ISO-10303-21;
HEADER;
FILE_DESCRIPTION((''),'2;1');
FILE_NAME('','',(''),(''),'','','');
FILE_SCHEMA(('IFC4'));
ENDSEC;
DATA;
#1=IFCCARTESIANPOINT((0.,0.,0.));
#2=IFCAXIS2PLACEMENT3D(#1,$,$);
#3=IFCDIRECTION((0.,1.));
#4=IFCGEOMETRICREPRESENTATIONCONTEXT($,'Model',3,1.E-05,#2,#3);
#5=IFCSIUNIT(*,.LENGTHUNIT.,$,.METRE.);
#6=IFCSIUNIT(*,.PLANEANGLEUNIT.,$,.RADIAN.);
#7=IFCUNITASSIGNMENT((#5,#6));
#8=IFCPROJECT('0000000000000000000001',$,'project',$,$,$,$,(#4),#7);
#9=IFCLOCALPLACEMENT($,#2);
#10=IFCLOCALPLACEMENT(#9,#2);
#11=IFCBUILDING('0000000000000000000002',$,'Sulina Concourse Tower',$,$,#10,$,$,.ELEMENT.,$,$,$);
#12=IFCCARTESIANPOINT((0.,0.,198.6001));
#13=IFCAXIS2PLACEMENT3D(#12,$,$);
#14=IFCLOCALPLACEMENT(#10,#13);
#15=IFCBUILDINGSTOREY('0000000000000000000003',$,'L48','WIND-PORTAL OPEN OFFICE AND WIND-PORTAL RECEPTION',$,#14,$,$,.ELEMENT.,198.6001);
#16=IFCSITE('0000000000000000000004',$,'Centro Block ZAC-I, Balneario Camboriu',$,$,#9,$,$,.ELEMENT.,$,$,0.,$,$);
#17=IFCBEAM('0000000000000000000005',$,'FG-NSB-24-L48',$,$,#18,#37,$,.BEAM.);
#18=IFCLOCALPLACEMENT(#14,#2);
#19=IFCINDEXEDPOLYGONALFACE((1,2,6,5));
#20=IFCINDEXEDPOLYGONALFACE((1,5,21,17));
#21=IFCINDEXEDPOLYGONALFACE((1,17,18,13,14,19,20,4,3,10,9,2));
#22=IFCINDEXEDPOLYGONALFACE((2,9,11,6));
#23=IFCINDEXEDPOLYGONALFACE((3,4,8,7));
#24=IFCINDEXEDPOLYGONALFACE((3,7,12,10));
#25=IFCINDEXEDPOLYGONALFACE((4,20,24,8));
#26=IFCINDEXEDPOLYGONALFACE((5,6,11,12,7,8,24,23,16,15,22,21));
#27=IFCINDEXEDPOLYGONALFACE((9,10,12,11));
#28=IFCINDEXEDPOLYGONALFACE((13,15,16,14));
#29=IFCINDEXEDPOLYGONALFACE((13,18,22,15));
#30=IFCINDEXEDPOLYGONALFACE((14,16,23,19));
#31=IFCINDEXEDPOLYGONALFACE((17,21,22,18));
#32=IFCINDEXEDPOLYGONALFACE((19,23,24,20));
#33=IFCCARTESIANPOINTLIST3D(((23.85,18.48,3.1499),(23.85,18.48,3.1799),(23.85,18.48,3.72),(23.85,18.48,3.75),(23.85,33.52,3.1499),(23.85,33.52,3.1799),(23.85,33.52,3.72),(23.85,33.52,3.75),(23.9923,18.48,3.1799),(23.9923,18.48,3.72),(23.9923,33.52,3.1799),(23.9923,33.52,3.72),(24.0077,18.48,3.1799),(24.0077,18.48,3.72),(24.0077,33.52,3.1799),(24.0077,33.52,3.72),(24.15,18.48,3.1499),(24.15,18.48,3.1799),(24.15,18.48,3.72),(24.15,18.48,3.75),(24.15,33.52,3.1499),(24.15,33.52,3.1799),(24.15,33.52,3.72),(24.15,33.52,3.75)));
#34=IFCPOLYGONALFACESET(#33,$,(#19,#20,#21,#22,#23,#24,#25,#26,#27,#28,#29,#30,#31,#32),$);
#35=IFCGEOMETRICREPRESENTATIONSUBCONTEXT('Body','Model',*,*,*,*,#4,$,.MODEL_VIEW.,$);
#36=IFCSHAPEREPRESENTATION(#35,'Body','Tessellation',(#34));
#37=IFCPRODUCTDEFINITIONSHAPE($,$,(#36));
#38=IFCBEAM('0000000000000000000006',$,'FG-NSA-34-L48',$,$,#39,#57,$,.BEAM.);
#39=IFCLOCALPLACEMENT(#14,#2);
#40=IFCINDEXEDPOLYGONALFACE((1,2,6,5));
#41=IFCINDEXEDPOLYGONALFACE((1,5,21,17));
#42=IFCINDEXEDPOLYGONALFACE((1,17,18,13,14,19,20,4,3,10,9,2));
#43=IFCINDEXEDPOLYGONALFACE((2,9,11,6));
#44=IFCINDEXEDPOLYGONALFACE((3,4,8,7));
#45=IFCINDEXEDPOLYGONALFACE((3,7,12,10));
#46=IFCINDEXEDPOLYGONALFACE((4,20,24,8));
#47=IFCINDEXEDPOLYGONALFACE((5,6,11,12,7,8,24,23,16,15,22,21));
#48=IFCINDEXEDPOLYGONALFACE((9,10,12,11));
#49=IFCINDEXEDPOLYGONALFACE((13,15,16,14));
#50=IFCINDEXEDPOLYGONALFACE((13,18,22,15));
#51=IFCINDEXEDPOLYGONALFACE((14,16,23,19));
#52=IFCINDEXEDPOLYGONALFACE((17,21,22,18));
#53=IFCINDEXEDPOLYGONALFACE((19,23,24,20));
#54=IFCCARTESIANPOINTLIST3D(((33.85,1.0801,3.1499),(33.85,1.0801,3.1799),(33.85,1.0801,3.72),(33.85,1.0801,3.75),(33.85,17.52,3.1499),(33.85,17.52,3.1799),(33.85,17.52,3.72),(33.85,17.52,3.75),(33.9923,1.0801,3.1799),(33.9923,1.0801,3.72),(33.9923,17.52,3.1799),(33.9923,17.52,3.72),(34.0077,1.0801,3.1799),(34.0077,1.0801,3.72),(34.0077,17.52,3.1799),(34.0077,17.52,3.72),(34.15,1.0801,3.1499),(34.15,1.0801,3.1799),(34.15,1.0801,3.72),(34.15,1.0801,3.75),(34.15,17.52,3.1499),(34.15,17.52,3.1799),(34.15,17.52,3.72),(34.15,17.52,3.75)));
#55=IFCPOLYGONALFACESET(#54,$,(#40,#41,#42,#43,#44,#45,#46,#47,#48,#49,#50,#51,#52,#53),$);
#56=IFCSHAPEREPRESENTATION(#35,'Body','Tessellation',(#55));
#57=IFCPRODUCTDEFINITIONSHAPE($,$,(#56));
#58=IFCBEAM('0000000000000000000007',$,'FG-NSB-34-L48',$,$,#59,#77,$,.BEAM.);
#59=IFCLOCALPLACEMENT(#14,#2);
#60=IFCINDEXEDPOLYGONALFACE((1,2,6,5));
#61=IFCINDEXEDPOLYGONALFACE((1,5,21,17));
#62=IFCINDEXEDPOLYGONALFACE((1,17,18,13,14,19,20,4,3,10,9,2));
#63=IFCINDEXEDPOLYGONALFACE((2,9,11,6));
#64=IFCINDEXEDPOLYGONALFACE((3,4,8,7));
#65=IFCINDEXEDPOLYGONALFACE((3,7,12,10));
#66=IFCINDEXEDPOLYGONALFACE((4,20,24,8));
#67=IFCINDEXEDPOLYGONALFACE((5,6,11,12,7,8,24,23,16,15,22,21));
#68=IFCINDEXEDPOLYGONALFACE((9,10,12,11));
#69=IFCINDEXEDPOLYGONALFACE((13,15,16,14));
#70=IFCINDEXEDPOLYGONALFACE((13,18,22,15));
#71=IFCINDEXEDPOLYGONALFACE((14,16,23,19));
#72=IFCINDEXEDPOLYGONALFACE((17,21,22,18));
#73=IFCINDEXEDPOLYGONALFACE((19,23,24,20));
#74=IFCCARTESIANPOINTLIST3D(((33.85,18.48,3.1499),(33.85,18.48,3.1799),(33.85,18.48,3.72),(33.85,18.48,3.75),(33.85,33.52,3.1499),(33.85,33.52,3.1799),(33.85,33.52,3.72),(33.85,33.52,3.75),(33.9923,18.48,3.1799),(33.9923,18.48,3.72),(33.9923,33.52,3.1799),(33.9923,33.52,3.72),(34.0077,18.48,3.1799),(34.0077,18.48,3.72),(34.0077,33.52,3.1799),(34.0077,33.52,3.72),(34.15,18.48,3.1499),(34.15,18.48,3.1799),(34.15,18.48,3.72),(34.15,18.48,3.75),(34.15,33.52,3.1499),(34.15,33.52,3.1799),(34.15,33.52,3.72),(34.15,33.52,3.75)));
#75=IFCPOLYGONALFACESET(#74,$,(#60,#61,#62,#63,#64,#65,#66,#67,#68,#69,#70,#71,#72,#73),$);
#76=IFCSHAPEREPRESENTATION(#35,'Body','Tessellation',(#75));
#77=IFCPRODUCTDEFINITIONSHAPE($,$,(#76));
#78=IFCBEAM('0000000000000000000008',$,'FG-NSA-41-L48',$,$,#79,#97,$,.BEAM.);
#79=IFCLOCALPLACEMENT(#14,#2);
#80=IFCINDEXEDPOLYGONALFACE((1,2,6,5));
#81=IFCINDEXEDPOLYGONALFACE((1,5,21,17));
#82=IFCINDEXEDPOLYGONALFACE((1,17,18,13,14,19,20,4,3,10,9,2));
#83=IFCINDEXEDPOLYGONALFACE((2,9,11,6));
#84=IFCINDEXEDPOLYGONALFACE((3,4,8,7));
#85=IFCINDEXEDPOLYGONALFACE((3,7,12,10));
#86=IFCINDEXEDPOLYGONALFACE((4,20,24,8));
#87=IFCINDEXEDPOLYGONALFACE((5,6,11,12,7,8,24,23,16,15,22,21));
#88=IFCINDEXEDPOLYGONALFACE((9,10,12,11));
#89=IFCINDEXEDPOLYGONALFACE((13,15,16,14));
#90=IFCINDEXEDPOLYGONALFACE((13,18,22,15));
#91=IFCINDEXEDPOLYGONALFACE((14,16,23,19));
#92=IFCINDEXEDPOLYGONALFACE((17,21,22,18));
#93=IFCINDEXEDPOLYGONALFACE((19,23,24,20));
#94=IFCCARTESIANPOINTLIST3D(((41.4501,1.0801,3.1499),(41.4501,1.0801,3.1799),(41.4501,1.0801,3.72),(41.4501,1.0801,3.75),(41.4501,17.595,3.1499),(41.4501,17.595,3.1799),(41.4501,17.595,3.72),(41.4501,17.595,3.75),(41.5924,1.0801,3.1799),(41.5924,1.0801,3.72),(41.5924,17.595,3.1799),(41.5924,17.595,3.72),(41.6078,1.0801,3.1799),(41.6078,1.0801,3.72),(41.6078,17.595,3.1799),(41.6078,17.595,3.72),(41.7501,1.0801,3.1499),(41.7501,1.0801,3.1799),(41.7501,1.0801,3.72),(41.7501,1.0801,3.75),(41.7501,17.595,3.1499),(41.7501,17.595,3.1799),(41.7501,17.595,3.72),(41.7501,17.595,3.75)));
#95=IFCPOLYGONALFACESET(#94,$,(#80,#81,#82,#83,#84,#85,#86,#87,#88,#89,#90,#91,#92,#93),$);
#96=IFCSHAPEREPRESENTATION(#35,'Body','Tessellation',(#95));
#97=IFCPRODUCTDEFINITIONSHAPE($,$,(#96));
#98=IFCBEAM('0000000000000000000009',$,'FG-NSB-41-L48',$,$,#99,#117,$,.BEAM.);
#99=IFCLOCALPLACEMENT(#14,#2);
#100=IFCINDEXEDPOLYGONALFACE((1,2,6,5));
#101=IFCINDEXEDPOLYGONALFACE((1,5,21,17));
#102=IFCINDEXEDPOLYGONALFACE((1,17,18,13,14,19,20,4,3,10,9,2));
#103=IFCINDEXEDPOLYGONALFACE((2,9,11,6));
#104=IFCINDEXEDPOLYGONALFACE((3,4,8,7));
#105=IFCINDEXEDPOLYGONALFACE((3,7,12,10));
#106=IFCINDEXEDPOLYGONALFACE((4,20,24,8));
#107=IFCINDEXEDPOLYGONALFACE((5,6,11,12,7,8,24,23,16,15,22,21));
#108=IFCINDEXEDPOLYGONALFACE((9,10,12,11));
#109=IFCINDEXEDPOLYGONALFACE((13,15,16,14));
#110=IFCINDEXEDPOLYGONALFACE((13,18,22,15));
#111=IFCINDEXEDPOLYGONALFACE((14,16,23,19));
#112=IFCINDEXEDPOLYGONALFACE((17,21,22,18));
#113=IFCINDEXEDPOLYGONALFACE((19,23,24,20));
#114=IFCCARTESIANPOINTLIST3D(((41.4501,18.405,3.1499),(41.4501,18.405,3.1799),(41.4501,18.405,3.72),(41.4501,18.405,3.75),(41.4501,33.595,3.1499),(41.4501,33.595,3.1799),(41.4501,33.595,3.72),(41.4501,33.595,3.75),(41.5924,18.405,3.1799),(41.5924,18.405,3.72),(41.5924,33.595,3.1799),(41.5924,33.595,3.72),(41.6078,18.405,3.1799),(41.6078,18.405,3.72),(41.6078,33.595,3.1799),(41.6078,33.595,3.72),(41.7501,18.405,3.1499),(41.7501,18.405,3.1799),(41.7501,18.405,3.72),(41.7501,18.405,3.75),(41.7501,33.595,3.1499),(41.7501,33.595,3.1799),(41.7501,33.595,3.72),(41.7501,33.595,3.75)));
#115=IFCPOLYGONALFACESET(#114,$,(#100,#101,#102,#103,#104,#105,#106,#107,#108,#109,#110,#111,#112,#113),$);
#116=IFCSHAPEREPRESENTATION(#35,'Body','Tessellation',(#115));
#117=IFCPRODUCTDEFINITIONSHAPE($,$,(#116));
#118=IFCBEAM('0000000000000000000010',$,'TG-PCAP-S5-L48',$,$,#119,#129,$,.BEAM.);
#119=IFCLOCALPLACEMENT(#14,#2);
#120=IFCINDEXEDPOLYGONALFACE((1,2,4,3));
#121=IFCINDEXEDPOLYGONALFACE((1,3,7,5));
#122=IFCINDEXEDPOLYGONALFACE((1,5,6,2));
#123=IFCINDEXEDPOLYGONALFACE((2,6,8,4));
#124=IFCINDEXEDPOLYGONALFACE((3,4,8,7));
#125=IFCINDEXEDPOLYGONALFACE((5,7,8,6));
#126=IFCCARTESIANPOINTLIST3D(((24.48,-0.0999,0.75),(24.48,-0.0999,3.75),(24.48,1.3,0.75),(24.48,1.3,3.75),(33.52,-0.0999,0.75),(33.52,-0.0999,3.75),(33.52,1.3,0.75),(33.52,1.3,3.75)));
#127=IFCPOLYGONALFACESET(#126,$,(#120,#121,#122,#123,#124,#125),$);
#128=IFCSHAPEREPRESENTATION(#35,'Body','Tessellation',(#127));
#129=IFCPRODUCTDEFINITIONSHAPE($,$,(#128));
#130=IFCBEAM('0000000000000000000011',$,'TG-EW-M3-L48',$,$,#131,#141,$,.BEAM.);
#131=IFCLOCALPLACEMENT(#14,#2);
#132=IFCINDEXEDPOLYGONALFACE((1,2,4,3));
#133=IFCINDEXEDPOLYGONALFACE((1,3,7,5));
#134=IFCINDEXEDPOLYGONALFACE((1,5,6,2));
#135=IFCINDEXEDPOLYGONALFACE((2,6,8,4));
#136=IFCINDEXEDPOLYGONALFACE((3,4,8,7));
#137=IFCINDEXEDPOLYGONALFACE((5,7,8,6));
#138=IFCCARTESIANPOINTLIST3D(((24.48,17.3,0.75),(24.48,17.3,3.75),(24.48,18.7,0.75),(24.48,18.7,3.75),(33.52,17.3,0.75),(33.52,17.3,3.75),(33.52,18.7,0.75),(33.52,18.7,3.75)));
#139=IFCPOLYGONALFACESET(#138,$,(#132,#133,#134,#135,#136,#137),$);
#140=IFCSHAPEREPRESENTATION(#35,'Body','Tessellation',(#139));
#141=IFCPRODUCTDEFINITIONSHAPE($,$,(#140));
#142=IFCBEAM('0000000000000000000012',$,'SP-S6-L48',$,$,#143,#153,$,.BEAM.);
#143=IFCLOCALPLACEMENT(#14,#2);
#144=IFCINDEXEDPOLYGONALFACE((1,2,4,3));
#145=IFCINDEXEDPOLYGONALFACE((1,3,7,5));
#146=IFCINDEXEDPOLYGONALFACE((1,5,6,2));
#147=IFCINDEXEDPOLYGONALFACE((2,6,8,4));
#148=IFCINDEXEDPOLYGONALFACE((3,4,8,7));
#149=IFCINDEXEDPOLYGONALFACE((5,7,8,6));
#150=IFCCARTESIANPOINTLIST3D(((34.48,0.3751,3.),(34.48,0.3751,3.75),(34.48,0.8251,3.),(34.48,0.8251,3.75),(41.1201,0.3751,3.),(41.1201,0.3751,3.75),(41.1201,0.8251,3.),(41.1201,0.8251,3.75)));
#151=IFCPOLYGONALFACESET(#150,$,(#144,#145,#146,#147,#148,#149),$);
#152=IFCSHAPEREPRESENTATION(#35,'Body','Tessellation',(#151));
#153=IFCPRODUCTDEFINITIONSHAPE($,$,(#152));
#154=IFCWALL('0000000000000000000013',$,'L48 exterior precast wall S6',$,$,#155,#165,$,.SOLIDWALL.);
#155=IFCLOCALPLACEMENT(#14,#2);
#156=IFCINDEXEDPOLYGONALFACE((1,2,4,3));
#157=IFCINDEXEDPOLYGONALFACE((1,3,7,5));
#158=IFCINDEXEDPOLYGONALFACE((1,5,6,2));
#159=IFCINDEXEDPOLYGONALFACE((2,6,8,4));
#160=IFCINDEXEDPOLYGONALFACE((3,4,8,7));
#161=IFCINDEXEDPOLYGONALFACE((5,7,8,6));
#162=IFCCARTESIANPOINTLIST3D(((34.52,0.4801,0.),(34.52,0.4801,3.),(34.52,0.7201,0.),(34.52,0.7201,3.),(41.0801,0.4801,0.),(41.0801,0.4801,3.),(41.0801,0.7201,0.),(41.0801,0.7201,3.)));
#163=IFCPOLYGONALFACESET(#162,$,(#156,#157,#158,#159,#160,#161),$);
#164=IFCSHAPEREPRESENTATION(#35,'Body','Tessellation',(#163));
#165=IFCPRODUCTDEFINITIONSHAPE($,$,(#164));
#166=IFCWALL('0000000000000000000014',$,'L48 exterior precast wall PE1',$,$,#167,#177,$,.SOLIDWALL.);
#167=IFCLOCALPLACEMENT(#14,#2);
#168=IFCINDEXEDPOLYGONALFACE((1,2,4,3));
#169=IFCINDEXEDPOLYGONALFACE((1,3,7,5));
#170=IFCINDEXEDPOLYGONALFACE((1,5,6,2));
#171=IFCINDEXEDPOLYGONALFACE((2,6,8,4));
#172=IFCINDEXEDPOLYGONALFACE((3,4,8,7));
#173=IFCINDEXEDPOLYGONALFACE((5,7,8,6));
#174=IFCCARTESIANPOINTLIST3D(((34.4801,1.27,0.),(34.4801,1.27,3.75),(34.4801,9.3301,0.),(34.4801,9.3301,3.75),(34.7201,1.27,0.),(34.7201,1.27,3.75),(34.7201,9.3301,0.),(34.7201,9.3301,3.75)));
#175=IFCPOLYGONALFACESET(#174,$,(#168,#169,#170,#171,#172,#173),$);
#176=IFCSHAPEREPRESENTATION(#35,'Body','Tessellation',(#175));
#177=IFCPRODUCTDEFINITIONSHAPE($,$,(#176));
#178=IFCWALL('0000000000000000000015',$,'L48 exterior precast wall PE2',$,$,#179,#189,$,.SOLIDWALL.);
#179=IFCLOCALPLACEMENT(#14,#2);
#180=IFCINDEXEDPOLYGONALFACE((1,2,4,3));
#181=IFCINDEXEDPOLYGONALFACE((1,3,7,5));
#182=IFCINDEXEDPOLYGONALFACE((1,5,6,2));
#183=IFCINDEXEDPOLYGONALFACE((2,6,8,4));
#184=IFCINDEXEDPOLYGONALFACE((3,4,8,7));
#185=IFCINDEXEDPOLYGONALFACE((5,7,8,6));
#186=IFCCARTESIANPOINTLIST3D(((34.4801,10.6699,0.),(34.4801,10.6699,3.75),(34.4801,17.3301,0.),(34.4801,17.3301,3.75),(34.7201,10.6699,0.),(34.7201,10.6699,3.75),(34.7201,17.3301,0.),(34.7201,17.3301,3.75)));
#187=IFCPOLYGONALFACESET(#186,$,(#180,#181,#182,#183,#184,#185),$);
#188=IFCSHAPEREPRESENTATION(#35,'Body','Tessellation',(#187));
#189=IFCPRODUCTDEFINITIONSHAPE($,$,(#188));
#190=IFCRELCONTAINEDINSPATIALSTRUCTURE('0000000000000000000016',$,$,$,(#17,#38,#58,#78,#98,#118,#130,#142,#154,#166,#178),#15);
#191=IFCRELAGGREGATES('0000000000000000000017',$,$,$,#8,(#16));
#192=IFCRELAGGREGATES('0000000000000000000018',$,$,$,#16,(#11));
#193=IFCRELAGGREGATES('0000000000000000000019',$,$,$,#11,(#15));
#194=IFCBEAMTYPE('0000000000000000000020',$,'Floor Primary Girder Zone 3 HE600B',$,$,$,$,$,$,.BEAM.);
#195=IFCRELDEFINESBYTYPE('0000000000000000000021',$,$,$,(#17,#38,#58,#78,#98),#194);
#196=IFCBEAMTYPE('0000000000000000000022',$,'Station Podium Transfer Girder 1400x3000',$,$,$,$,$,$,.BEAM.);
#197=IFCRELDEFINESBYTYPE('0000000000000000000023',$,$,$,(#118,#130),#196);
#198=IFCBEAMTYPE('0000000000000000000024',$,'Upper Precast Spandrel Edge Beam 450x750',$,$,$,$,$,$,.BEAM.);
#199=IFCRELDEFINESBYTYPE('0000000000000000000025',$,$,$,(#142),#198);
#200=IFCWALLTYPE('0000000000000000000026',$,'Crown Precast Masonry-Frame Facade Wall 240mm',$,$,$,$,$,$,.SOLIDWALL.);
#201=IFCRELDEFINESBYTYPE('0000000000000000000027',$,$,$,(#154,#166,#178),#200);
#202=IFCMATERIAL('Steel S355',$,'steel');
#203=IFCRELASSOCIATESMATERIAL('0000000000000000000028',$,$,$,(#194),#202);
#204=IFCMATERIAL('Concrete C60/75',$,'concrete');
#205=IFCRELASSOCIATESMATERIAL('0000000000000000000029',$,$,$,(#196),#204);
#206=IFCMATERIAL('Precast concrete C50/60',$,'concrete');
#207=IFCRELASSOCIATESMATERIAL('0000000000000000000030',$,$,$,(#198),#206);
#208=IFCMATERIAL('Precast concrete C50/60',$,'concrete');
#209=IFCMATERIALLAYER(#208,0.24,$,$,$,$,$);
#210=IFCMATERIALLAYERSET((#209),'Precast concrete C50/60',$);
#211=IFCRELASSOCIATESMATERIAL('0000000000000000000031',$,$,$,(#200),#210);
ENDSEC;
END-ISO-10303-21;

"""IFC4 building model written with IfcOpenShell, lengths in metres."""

from ifc_helpers import new_model, si_unit, direction, frame, frame_2d, origin, origin_2d, place, context, subcontext, project, spatial, rectangle, i_section, extrude, material, layer, layer_set, material_profile, profile_set, type_object, element, save


model = new_model("IFC4")

# Units and contexts
model_context = context("Model", 3, precision=1e-05, world=origin(), true_north=direction((0.0, 1.0)))
body_context = subcontext(model_context, "Body", "Model", "MODEL_VIEW")
ifc_project = project(units=[si_unit("LENGTHUNIT", "METRE"), si_unit("PLANEANGLEUNIT", "RADIAN")], contexts=[model_context])

# Site, building, storey
site_placement = place(None, origin())
site = spatial("IfcSite", under=ifc_project, at=site_placement, Name="Centro Block ZAC-I, Balneario Camboriu", CompositionType="ELEMENT", RefElevation=0.0)
building_placement = place(site_placement, origin())
building = spatial("IfcBuilding", under=site, at=building_placement, Name="Sulina Concourse Tower", CompositionType="ELEMENT")
storey_placement = place(building_placement, frame((0.0, 0.0, 198.6001)))
storey = spatial("IfcBuildingStorey", under=building, at=storey_placement, Name="L48", Description="WIND-PORTAL OPEN OFFICE AND WIND-PORTAL RECEPTION", CompositionType="ELEMENT", Elevation=198.6001)

# Beams
ifc_material_1 = material(Name="Steel S355", Category="steel")
ifc_material_profile_1 = material_profile(ifc_material_1, i_section(OverallWidth=0.3, OverallDepth=0.6001, WebThickness=0.0154, FlangeThickness=0.03, at=origin_2d()), Name="HE 600 B")
ifc_profile_set_1 = profile_set([ifc_material_profile_1], Name="Steel S355")
beam_type_1 = type_object("IfcBeamType", Name="Floor Primary Girder Zone 3 HE600B", PredefinedType="BEAM", material=ifc_profile_set_1)
beam_1_placement = place(storey_placement, frame((24.0, 18.48, 3.45), z_axis=(0.0, 1.0, 0.0), x_axis=(-1.0, 0.0, 0.0)))
element("IfcBeam", 1, at=beam_1_placement, inside=storey, type_object=beam_type_1, Name="FG-NSB-24-L48", PredefinedType="BEAM", context=body_context, shape_type="SweptSolid", body=[
    extrude(i_section(OverallWidth=0.3, OverallDepth=0.6001, WebThickness=0.0154, FlangeThickness=0.03, at=origin_2d()), origin(), (0.0, 0.0, 1.0), 15.04),
])
beam_2_placement = place(storey_placement, frame((34.0, 1.0801, 3.45), z_axis=(0.0, 1.0, 0.0), x_axis=(-1.0, 0.0, 0.0)))
element("IfcBeam", 2, at=beam_2_placement, inside=storey, type_object=beam_type_1, Name="FG-NSA-34-L48", PredefinedType="BEAM", context=body_context, shape_type="SweptSolid", body=[
    extrude(i_section(OverallWidth=0.3, OverallDepth=0.6001, WebThickness=0.0154, FlangeThickness=0.03, at=origin_2d()), origin(), (0.0, 0.0, 1.0), 16.4399),
])
beam_3_placement = place(storey_placement, frame((34.0, 18.48, 3.45), z_axis=(0.0, 1.0, 0.0), x_axis=(-1.0, 0.0, 0.0)))
element("IfcBeam", 3, at=beam_3_placement, inside=storey, type_object=beam_type_1, Name="FG-NSB-34-L48", PredefinedType="BEAM", context=body_context, shape_type="SweptSolid", body=[
    extrude(i_section(OverallWidth=0.3, OverallDepth=0.6001, WebThickness=0.0154, FlangeThickness=0.03, at=origin_2d()), origin(), (0.0, 0.0, 1.0), 15.04),
])
beam_4_placement = place(storey_placement, frame((41.6001, 1.0801, 3.45), z_axis=(0.0, 1.0, 0.0), x_axis=(-1.0, 0.0, 0.0)))
element("IfcBeam", 4, at=beam_4_placement, inside=storey, type_object=beam_type_1, Name="FG-NSA-41-L48", PredefinedType="BEAM", context=body_context, shape_type="SweptSolid", body=[
    extrude(i_section(OverallWidth=0.3, OverallDepth=0.6001, WebThickness=0.0154, FlangeThickness=0.03, at=origin_2d()), origin(), (0.0, 0.0, 1.0), 16.5149),
])
beam_5_placement = place(storey_placement, frame((41.6001, 18.405, 3.45), z_axis=(0.0, 1.0, 0.0), x_axis=(-1.0, 0.0, 0.0)))
element("IfcBeam", 5, at=beam_5_placement, inside=storey, type_object=beam_type_1, Name="FG-NSB-41-L48", PredefinedType="BEAM", context=body_context, shape_type="SweptSolid", body=[
    extrude(i_section(OverallWidth=0.3, OverallDepth=0.6001, WebThickness=0.0154, FlangeThickness=0.03, at=origin_2d()), origin(), (0.0, 0.0, 1.0), 15.1899),
])
ifc_material_2 = material(Name="Concrete C60/75", Category="concrete")
ifc_material_profile_2 = material_profile(ifc_material_2, rectangle(XDim=1.3999, YDim=3.0, at=origin_2d()), Name="RC 1400x3000")
ifc_profile_set_2 = profile_set([ifc_material_profile_2], Name="Concrete C60/75")
beam_type_2 = type_object("IfcBeamType", Name="Station Podium Transfer Girder 1400x3000", PredefinedType="BEAM", material=ifc_profile_set_2)
for number, where, z_axis, x_axis, name in (
    (6, (24.48, 0.6001, 2.25), (1.0, 0.0, 0.0), (0.0, 1.0, 0.0), "TG-PCAP-S5-L48"),
    (7, (24.48, 18.0, 2.25), (1.0, 0.0, 0.0), (0.0, 1.0, 0.0), "TG-EW-M3-L48"),
):
    element("IfcBeam", number, at=place(storey_placement, frame(where, z_axis=z_axis, x_axis=x_axis)), inside=storey, type_object=beam_type_2, Name=name, PredefinedType="BEAM", context=body_context, shape_type="SweptSolid", body=[
        extrude(rectangle(XDim=1.3999, YDim=3.0, at=origin_2d()), origin(), (0.0, 0.0, 1.0), 9.04),
    ])
ifc_material_3 = material(Name="Precast concrete C50/60", Category="concrete")
ifc_material_profile_3 = material_profile(ifc_material_3, rectangle(XDim=0.45, YDim=0.75, at=origin_2d()), Name="RC 450x750")
ifc_profile_set_3 = profile_set([ifc_material_profile_3], Name="Precast concrete C50/60")
beam_type_3 = type_object("IfcBeamType", Name="Upper Precast Spandrel Edge Beam 450x750", PredefinedType="BEAM", material=ifc_profile_set_3)
beam_6_placement = place(storey_placement, frame((34.48, 0.6001, 3.375), z_axis=(1.0, 0.0, 0.0), x_axis=(0.0, 1.0, 0.0)))
element("IfcBeam", 8, at=beam_6_placement, inside=storey, type_object=beam_type_3, Name="SP-S6-L48", PredefinedType="BEAM", context=body_context, shape_type="SweptSolid", body=[
    extrude(rectangle(XDim=0.45, YDim=0.75, at=origin_2d()), origin(), (0.0, 0.0, 1.0), 6.6401),
])

# Walls
ifc_material_4 = material(Name="Precast concrete C50/60", Category="concrete")
ifc_layer_1 = layer(ifc_material_4, 0.24)
ifc_layer_set_1 = layer_set([ifc_layer_1], Name="Precast concrete C50/60")
wall_type_1 = type_object("IfcWallType", Name="Crown Precast Masonry-Frame Facade Wall 240mm", PredefinedType="SOLIDWALL", material=ifc_layer_set_1)
wall_1_placement = place(storey_placement, frame((41.0801, 0.6001, 0.0), z_axis=(0.0, 0.0, 1.0), x_axis=(-1.0, 0.0, 0.0)))
element("IfcWall", 9, at=wall_1_placement, inside=storey, type_object=wall_type_1, Name="L48 exterior precast wall S6", PredefinedType="SOLIDWALL", context=body_context, shape_type="SweptSolid", body=[
    extrude(rectangle(XDim=6.5601, YDim=0.24, at=frame_2d((3.28, 0.0))), origin(), (0.0, 0.0, 1.0), 3.0),
])
wall_2_placement = place(storey_placement, frame((34.6001, 1.27, 0.0), z_axis=(0.0, 0.0, 1.0), x_axis=(0.0, 1.0, 0.0)))
element("IfcWall", 10, at=wall_2_placement, inside=storey, type_object=wall_type_1, Name="L48 exterior precast wall PE1", PredefinedType="SOLIDWALL", context=body_context, shape_type="SweptSolid", body=[
    extrude(rectangle(XDim=8.0601, YDim=0.24, at=frame_2d((4.03, 0.0))), origin(), (0.0, 0.0, 1.0), 3.75),
])
for number, where, z_axis, x_axis, name in (
    (11, (34.6001, 10.6699, 0.0), (0.0, 0.0, 1.0), (0.0, 1.0, 0.0), "L48 exterior precast wall PE2"),
):
    element("IfcWall", number, at=place(storey_placement, frame(where, z_axis=z_axis, x_axis=x_axis)), inside=storey, type_object=wall_type_1, Name=name, PredefinedType="SOLIDWALL", context=body_context, shape_type="SweptSolid", body=[
        extrude(rectangle(XDim=6.6602, YDim=0.24, at=frame_2d((3.3301, 0.0))), origin(), (0.0, 0.0, 1.0), 3.75),
    ])

save(model, "model.ifc")
